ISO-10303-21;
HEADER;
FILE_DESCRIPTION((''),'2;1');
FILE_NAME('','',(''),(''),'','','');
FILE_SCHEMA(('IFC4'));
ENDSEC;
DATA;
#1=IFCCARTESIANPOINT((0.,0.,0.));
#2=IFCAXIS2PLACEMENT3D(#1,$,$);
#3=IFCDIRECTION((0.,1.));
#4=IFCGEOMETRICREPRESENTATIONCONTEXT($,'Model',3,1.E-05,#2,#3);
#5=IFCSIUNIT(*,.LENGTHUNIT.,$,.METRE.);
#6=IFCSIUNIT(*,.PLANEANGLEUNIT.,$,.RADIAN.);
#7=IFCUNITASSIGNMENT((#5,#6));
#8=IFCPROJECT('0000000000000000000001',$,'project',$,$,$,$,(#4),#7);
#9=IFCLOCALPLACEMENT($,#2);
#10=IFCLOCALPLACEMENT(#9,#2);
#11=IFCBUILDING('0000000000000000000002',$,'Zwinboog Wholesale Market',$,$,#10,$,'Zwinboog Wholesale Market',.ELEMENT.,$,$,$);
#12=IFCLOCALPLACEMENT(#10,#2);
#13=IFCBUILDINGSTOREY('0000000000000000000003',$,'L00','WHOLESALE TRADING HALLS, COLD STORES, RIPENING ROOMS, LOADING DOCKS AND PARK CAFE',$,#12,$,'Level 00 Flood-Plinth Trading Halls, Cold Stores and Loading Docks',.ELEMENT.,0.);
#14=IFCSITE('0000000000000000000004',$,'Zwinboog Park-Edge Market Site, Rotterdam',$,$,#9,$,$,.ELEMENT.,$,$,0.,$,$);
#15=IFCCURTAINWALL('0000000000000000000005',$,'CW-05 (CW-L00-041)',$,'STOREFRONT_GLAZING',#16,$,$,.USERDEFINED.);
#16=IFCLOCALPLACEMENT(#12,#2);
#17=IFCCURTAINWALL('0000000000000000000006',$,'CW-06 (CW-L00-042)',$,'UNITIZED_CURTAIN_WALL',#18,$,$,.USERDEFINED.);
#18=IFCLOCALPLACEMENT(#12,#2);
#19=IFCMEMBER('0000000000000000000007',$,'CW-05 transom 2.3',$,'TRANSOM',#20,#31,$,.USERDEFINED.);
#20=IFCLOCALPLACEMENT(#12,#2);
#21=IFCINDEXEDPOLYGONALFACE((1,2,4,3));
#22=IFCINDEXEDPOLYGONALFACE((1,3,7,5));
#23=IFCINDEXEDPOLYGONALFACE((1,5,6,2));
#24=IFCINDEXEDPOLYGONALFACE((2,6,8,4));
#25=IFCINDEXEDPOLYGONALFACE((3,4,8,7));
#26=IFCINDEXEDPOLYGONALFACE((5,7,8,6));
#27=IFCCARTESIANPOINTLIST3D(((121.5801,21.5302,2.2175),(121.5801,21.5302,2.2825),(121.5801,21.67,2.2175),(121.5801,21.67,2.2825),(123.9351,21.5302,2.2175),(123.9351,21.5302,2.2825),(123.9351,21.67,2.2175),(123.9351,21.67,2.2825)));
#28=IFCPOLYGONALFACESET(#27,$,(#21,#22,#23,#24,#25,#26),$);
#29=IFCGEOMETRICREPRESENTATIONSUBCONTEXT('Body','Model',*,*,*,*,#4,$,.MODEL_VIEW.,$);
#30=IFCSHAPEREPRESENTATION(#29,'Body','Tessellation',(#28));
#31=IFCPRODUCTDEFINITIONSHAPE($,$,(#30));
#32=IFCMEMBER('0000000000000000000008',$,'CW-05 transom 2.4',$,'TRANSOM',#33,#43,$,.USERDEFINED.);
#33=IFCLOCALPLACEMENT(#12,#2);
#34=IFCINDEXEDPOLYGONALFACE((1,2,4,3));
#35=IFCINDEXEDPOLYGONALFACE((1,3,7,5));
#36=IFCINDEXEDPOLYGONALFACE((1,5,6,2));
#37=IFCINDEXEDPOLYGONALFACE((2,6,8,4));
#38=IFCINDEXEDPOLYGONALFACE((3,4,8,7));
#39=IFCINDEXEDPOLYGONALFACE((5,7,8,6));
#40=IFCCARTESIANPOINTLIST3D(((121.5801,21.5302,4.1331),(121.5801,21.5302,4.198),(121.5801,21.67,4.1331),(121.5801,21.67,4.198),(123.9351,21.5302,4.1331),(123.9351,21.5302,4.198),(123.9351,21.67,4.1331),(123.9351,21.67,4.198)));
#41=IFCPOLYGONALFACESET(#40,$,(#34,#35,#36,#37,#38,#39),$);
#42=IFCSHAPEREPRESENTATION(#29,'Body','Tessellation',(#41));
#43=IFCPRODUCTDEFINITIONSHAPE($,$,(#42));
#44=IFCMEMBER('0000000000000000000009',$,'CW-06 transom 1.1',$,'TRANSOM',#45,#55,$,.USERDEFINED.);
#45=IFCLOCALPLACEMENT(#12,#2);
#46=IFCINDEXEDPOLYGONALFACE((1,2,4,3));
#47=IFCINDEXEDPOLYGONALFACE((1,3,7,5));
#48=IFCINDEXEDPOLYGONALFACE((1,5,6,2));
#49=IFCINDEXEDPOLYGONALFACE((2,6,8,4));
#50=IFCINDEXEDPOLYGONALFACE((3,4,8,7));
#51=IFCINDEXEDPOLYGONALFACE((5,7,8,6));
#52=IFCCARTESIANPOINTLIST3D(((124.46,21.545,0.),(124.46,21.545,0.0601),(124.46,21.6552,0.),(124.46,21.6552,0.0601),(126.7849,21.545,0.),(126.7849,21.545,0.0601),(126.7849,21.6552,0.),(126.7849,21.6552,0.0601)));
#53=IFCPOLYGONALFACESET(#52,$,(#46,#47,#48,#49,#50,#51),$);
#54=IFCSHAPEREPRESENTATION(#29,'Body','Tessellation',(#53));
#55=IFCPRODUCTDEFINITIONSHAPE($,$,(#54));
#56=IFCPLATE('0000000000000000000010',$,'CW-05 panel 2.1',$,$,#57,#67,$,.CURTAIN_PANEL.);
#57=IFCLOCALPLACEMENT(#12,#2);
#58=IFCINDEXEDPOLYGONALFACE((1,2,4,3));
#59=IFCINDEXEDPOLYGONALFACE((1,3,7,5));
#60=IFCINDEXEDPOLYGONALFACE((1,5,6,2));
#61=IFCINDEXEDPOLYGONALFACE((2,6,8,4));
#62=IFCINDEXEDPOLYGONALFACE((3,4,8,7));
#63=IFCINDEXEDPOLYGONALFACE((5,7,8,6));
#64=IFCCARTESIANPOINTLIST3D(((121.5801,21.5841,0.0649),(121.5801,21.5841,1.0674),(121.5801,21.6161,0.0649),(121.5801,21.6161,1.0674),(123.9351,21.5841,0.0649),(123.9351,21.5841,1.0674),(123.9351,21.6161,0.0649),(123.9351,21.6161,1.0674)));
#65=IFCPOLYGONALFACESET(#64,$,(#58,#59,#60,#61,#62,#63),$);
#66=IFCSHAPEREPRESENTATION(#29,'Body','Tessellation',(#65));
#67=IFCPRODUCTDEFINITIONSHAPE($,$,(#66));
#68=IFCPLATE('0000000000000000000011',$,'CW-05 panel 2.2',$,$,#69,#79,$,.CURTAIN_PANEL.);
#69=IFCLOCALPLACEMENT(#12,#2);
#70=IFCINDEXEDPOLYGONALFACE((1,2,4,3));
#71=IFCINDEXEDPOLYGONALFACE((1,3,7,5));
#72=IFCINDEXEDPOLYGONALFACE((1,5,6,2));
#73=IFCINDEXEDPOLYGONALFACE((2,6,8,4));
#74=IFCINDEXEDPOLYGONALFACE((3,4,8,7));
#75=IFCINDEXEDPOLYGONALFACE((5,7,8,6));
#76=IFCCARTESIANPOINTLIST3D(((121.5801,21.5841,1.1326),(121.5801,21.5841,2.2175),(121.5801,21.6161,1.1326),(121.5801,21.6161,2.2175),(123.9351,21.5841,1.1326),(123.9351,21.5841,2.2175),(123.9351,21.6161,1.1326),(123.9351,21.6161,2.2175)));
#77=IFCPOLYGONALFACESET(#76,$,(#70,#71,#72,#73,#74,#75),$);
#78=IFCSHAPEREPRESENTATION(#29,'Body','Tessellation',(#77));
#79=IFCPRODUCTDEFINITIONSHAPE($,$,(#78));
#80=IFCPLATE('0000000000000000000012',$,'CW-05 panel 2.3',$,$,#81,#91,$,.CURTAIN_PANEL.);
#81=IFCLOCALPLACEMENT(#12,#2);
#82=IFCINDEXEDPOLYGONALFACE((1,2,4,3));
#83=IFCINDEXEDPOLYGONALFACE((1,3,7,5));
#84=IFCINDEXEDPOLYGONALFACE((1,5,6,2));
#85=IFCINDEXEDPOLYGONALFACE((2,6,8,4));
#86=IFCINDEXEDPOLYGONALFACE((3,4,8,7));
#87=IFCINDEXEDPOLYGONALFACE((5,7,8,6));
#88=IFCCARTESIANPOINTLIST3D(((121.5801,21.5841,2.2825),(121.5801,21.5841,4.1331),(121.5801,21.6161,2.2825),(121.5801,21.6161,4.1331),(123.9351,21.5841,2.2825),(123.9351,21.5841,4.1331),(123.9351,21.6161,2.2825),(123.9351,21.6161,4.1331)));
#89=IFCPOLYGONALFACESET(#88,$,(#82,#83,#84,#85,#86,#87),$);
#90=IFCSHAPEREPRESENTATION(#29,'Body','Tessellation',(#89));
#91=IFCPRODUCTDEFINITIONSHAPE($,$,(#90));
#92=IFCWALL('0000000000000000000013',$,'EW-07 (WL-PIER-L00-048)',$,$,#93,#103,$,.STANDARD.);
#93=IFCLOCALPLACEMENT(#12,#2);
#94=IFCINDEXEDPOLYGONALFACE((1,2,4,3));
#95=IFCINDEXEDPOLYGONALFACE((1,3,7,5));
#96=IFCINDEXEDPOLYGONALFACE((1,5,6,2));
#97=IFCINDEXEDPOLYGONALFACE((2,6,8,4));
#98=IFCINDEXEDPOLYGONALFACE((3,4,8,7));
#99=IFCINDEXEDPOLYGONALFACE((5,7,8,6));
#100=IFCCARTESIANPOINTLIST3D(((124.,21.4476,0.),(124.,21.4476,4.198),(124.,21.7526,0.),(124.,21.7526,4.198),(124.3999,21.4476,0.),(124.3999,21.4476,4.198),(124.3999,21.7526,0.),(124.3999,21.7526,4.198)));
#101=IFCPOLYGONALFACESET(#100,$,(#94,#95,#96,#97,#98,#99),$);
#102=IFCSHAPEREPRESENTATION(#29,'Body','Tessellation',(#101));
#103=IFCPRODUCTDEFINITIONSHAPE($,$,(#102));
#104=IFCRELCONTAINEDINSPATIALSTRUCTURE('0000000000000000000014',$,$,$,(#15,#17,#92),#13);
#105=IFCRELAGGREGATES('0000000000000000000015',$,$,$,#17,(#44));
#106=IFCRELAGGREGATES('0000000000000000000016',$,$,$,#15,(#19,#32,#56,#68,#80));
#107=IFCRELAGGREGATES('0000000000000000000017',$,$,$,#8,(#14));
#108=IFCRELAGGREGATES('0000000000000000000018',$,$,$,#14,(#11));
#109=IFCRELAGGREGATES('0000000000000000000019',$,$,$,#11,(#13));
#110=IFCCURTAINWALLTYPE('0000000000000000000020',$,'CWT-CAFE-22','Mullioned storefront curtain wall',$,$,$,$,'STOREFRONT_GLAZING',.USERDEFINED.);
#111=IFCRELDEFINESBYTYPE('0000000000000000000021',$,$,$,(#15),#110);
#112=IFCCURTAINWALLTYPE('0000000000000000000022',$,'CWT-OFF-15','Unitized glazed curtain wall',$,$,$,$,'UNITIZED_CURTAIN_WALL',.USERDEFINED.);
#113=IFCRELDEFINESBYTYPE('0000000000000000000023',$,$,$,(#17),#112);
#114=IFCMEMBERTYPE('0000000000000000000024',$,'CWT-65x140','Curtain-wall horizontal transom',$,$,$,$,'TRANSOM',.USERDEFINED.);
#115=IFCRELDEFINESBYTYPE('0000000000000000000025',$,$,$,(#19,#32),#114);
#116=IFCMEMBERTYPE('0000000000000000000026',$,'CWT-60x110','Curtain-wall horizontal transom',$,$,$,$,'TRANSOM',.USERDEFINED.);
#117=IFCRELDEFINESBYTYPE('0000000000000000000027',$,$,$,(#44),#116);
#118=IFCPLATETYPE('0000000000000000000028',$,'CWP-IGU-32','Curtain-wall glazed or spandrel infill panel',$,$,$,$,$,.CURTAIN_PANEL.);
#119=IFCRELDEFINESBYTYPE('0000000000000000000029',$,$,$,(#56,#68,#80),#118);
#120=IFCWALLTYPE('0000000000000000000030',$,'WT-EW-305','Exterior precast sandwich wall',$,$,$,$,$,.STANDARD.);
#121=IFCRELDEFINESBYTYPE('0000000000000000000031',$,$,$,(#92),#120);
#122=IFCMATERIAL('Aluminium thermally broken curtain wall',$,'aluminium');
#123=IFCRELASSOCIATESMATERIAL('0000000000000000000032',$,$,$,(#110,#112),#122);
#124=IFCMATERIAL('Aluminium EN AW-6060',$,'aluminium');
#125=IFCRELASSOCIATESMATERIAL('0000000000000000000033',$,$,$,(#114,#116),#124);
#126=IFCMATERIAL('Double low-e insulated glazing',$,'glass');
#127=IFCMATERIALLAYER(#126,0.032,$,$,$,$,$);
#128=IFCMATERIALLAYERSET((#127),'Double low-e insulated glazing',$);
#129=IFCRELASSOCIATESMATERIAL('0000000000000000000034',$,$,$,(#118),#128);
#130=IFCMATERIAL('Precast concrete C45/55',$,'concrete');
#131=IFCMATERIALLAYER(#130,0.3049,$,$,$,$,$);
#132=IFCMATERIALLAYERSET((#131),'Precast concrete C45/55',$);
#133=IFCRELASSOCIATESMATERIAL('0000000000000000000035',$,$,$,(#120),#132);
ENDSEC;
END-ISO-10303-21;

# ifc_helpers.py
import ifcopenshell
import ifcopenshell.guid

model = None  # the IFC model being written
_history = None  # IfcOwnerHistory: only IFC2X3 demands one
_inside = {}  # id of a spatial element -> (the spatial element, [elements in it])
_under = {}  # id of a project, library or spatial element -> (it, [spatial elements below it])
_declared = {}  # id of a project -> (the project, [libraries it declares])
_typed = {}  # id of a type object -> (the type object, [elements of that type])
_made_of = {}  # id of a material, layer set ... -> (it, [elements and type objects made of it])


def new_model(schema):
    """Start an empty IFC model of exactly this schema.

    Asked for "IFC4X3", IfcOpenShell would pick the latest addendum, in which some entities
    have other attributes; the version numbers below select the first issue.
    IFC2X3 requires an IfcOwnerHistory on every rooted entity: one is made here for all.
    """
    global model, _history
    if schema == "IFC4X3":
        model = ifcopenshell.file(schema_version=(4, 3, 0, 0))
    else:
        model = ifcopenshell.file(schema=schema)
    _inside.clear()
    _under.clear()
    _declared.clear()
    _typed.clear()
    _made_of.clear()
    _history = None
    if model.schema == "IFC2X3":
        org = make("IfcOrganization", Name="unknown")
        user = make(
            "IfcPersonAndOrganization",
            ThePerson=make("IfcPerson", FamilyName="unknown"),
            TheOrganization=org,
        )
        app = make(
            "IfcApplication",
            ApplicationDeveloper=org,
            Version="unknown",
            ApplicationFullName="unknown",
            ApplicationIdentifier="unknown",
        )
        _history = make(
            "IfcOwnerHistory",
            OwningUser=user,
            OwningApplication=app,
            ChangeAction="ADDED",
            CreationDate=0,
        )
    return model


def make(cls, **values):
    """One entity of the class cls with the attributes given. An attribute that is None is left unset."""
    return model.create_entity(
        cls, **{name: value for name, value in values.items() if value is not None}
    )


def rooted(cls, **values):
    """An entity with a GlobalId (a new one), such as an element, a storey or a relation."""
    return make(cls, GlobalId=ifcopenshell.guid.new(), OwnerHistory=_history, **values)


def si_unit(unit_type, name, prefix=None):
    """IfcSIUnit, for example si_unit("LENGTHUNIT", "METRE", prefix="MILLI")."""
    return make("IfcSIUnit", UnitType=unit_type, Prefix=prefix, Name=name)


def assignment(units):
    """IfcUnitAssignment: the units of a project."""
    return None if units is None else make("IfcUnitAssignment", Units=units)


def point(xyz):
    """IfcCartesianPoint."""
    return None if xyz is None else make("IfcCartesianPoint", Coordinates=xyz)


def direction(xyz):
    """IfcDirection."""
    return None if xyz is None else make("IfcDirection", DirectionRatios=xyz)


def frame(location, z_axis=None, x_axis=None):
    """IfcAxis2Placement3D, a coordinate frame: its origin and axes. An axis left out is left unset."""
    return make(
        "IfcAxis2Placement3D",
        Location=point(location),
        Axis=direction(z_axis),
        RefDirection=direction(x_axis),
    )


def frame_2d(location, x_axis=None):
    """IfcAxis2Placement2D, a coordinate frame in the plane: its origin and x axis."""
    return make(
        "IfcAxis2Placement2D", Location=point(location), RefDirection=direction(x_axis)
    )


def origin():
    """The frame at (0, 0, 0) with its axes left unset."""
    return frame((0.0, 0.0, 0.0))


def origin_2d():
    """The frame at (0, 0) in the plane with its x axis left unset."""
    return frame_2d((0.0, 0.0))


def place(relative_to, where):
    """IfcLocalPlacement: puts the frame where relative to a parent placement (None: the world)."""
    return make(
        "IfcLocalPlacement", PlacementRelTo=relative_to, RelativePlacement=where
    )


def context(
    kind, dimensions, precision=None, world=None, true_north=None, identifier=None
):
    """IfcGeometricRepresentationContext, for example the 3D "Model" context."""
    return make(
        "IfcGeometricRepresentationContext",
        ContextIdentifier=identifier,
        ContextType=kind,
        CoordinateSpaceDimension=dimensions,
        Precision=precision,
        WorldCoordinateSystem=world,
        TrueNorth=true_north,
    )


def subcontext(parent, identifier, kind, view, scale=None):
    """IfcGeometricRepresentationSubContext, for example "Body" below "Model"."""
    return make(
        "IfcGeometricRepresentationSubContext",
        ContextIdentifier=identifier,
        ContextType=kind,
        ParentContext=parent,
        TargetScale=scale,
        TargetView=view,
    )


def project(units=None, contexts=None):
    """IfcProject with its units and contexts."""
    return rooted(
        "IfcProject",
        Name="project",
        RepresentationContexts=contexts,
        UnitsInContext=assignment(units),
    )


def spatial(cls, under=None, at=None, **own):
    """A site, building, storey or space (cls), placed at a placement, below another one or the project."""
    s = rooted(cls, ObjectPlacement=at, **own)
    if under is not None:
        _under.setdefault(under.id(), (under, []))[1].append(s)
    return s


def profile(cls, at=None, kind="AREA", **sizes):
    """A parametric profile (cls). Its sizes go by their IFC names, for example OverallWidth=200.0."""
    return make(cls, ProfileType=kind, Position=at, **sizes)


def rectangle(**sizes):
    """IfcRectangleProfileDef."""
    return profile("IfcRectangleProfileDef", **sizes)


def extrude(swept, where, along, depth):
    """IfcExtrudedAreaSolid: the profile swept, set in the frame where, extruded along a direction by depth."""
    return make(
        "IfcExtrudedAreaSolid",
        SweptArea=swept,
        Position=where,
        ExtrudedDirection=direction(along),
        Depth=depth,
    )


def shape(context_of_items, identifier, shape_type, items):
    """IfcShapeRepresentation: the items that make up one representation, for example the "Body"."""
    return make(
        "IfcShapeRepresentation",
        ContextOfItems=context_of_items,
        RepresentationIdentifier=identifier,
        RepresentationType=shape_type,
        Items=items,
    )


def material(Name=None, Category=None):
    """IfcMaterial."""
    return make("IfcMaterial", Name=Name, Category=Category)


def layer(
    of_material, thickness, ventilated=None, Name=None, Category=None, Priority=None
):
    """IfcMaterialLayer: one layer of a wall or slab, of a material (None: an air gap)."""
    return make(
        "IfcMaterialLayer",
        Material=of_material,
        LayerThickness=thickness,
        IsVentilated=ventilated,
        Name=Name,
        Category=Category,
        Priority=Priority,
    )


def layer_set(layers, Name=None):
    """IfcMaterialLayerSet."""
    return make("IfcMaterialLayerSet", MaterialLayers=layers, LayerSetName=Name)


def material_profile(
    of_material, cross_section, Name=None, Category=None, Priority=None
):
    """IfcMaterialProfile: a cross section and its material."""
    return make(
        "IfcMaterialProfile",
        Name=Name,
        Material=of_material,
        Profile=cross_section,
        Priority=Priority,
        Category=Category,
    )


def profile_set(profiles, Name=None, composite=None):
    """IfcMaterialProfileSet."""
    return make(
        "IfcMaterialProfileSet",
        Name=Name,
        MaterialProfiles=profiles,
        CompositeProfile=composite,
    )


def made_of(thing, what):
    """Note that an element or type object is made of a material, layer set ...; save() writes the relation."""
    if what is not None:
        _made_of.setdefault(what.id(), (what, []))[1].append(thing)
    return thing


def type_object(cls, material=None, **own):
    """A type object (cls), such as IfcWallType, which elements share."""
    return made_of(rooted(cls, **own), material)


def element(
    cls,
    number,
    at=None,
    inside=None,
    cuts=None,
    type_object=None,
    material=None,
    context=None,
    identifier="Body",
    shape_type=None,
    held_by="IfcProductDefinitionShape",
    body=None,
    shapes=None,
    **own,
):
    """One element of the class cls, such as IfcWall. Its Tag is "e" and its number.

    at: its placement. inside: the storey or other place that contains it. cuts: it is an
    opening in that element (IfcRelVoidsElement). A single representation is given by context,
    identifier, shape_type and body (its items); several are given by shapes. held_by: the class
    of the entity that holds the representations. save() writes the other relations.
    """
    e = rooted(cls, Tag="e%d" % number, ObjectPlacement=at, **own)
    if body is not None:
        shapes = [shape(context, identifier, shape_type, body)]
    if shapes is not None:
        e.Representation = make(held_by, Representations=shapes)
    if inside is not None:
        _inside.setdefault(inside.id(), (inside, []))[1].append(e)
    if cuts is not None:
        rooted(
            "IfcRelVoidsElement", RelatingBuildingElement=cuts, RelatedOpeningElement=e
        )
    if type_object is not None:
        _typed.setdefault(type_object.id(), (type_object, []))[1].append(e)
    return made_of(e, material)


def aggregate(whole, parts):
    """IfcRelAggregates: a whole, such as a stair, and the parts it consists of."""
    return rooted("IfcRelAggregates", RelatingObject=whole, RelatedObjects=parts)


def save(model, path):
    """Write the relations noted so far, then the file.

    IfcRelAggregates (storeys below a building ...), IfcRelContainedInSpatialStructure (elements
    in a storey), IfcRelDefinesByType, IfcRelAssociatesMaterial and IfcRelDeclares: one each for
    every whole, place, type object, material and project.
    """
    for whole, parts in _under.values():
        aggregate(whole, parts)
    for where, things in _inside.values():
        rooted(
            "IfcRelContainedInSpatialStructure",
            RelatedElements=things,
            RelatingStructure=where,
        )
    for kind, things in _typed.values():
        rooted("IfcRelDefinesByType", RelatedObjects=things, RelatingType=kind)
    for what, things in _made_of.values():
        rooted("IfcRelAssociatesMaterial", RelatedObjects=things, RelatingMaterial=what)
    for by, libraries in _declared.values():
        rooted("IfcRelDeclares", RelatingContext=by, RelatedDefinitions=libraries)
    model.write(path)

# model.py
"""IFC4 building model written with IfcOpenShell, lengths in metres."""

from ifc_helpers import new_model, si_unit, direction, frame, frame_2d, origin, origin_2d, place, context, subcontext, project, spatial, rectangle, extrude, material, layer, layer_set, material_profile, profile_set, type_object, element, aggregate, save


model = new_model("IFC4")

# Units and contexts
model_context = context("Model", 3, precision=1e-05, world=origin(), true_north=direction((0.0, 1.0)))
body_context = subcontext(model_context, "Body", "Model", "MODEL_VIEW")
ifc_project = project(units=[si_unit("LENGTHUNIT", "METRE"), si_unit("PLANEANGLEUNIT", "RADIAN")], contexts=[model_context])

# Site, building, storey
site_placement = place(None, origin())
site = spatial("IfcSite", under=ifc_project, at=site_placement, Name="Zwinboog Park-Edge Market Site, Rotterdam", CompositionType="ELEMENT", RefElevation=0.0)
building_placement = place(site_placement, origin())
building = spatial("IfcBuilding", under=site, at=building_placement, Name="Zwinboog Wholesale Market", LongName="Zwinboog Wholesale Market", CompositionType="ELEMENT")
storey_placement = place(building_placement, origin())
storey = spatial("IfcBuildingStorey", under=building, at=storey_placement, Name="L00", Description="WHOLESALE TRADING HALLS, COLD STORES, RIPENING ROOMS, LOADING DOCKS AND PARK CAFE", LongName="Level 00 Flood-Plinth Trading Halls, Cold Stores and Loading Docks", CompositionType="ELEMENT", Elevation=0.0)

# Shared definitions
ifc_material_1 = material(Name="Precast concrete C45/55", Category="concrete")

# Curtain walls
ifc_material_2 = material(Name="Aluminium thermally broken curtain wall", Category="aluminium")
curtain_wall_type_1 = type_object("IfcCurtainWallType", Name="CWT-CAFE-22", Description="Mullioned storefront curtain wall", ElementType="STOREFRONT_GLAZING", PredefinedType="USERDEFINED", material=ifc_material_2)
curtain_wall_1_placement = place(storey_placement, origin())
curtain_wall_1 = element("IfcCurtainWall", 1, at=curtain_wall_1_placement, inside=storey, type_object=curtain_wall_type_1, Name="CW-05 (CW-L00-041)", ObjectType="STOREFRONT_GLAZING", PredefinedType="USERDEFINED")
ifc_material_3 = material(Name="Aluminium EN AW-6060", Category="aluminium")
curtain_wall_type_2 = type_object("IfcCurtainWallType", Name="CWT-OFF-15", Description="Unitized glazed curtain wall", ElementType="UNITIZED_CURTAIN_WALL", PredefinedType="USERDEFINED", material=ifc_material_2)
curtain_wall_2_placement = place(storey_placement, origin())
curtain_wall_2 = element("IfcCurtainWall", 2, at=curtain_wall_2_placement, inside=storey, type_object=curtain_wall_type_2, Name="CW-06 (CW-L00-042)", ObjectType="UNITIZED_CURTAIN_WALL", PredefinedType="USERDEFINED")

# Members
ifc_material_profile_1 = material_profile(ifc_material_3, rectangle(XDim=0.1399, YDim=0.0649, at=origin_2d()), Name="AL 65x140")
ifc_profile_set_1 = profile_set([ifc_material_profile_1], Name="Aluminium EN AW-6060")
member_type_1 = type_object("IfcMemberType", Name="CWT-65x140", Description="Curtain-wall horizontal transom", ElementType="TRANSOM", PredefinedType="USERDEFINED", material=ifc_profile_set_1)
member_1_placement = place(storey_placement, frame((121.5801, 21.6001, 2.25), z_axis=(1.0, 0.0, 0.0), x_axis=(0.0, 1.0, 0.0)))
member_1 = element("IfcMember", 3, at=member_1_placement, type_object=member_type_1, Name="CW-05 transom 2.3", ObjectType="TRANSOM", PredefinedType="USERDEFINED", context=body_context, shape_type="SweptSolid", body=[
    extrude(rectangle(XDim=0.1399, YDim=0.0649, at=origin_2d()), origin(), (0.0, 0.0, 1.0), 2.355),
])
member_2_placement = place(storey_placement, frame((121.5801, 21.6001, 4.1655), z_axis=(1.0, 0.0, 0.0), x_axis=(0.0, 1.0, 0.0)))
member_2 = element("IfcMember", 4, at=member_2_placement, type_object=member_type_1, Name="CW-05 transom 2.4", ObjectType="TRANSOM", PredefinedType="USERDEFINED", context=body_context, shape_type="SweptSolid", body=[
    extrude(rectangle(XDim=0.1399, YDim=0.0649, at=origin_2d()), origin(), (0.0, 0.0, 1.0), 2.355),
])
ifc_material_profile_2 = material_profile(ifc_material_3, rectangle(XDim=0.1101, YDim=0.0601, at=origin_2d()), Name="AL 60x110")
ifc_profile_set_2 = profile_set([ifc_material_profile_2], Name="Aluminium EN AW-6060")
member_type_2 = type_object("IfcMemberType", Name="CWT-60x110", Description="Curtain-wall horizontal transom", ElementType="TRANSOM", PredefinedType="USERDEFINED", material=ifc_profile_set_2)
member_3_placement = place(storey_placement, frame((124.46, 21.6001, 0.03), z_axis=(1.0, 0.0, 0.0), x_axis=(0.0, 1.0, 0.0)))
member_3 = element("IfcMember", 5, at=member_3_placement, type_object=member_type_2, Name="CW-06 transom 1.1", ObjectType="TRANSOM", PredefinedType="USERDEFINED", context=body_context, shape_type="SweptSolid", body=[
    extrude(rectangle(XDim=0.1101, YDim=0.0601, at=origin_2d()), origin(), (0.0, 0.0, 1.0), 2.325),
])
aggregate(curtain_wall_2, [member_3])

# Plates
ifc_material_4 = material(Name="Double low-e insulated glazing", Category="glass")
ifc_layer_1 = layer(ifc_material_4, 0.032)
ifc_layer_set_1 = layer_set([ifc_layer_1], Name="Double low-e insulated glazing")
plate_type = type_object("IfcPlateType", Name="CWP-IGU-32", Description="Curtain-wall glazed or spandrel infill panel", PredefinedType="CURTAIN_PANEL", material=ifc_layer_set_1)
plate_1_placement = place(storey_placement, frame((122.7576, 21.6001, 0.0649), z_axis=(0.0, 0.0, 1.0), x_axis=(1.0, 0.0, 0.0)))
plate_1 = element("IfcPlate", 6, at=plate_1_placement, type_object=plate_type, Name="CW-05 panel 2.1", PredefinedType="CURTAIN_PANEL", context=body_context, shape_type="SweptSolid", body=[
    extrude(rectangle(XDim=2.355, YDim=0.032, at=origin_2d()), origin(), (0.0, 0.0, 1.0), 1.0024),
])
plate_2_placement = place(storey_placement, frame((122.7576, 21.6001, 1.1326), z_axis=(0.0, 0.0, 1.0), x_axis=(1.0, 0.0, 0.0)))
plate_2 = element("IfcPlate", 7, at=plate_2_placement, type_object=plate_type, Name="CW-05 panel 2.2", PredefinedType="CURTAIN_PANEL", context=body_context, shape_type="SweptSolid", body=[
    extrude(rectangle(XDim=2.355, YDim=0.032, at=origin_2d()), origin(), (0.0, 0.0, 1.0), 1.085),
])
plate_3_placement = place(storey_placement, frame((122.7576, 21.6001, 2.2825), z_axis=(0.0, 0.0, 1.0), x_axis=(1.0, 0.0, 0.0)))
plate_3 = element("IfcPlate", 8, at=plate_3_placement, type_object=plate_type, Name="CW-05 panel 2.3", PredefinedType="CURTAIN_PANEL", context=body_context, shape_type="SweptSolid", body=[
    extrude(rectangle(XDim=2.355, YDim=0.032, at=origin_2d()), origin(), (0.0, 0.0, 1.0), 1.8506),
])
aggregate(curtain_wall_1, [member_1, member_2, plate_1, plate_2, plate_3])

# Wall
ifc_layer_2 = layer(ifc_material_1, 0.3049)
ifc_layer_set_2 = layer_set([ifc_layer_2], Name="Precast concrete C45/55")
wall_type = type_object("IfcWallType", Name="WT-EW-305", Description="Exterior precast sandwich wall", PredefinedType="STANDARD", material=ifc_layer_set_2)
wall_placement = place(storey_placement, frame((124.0, 21.6001, 0.0), z_axis=(0.0, 0.0, 1.0), x_axis=(1.0, 0.0, 0.0)))
element("IfcWall", 9, at=wall_placement, inside=storey, type_object=wall_type, Name="EW-07 (WL-PIER-L00-048)", PredefinedType="STANDARD", context=body_context, shape_type="SweptSolid", body=[
    extrude(rectangle(XDim=0.3999, YDim=0.3049, at=frame_2d((0.2, 0.0))), origin(), (0.0, 0.0, 1.0), 4.198),
])

save(model, "model.ifc")
